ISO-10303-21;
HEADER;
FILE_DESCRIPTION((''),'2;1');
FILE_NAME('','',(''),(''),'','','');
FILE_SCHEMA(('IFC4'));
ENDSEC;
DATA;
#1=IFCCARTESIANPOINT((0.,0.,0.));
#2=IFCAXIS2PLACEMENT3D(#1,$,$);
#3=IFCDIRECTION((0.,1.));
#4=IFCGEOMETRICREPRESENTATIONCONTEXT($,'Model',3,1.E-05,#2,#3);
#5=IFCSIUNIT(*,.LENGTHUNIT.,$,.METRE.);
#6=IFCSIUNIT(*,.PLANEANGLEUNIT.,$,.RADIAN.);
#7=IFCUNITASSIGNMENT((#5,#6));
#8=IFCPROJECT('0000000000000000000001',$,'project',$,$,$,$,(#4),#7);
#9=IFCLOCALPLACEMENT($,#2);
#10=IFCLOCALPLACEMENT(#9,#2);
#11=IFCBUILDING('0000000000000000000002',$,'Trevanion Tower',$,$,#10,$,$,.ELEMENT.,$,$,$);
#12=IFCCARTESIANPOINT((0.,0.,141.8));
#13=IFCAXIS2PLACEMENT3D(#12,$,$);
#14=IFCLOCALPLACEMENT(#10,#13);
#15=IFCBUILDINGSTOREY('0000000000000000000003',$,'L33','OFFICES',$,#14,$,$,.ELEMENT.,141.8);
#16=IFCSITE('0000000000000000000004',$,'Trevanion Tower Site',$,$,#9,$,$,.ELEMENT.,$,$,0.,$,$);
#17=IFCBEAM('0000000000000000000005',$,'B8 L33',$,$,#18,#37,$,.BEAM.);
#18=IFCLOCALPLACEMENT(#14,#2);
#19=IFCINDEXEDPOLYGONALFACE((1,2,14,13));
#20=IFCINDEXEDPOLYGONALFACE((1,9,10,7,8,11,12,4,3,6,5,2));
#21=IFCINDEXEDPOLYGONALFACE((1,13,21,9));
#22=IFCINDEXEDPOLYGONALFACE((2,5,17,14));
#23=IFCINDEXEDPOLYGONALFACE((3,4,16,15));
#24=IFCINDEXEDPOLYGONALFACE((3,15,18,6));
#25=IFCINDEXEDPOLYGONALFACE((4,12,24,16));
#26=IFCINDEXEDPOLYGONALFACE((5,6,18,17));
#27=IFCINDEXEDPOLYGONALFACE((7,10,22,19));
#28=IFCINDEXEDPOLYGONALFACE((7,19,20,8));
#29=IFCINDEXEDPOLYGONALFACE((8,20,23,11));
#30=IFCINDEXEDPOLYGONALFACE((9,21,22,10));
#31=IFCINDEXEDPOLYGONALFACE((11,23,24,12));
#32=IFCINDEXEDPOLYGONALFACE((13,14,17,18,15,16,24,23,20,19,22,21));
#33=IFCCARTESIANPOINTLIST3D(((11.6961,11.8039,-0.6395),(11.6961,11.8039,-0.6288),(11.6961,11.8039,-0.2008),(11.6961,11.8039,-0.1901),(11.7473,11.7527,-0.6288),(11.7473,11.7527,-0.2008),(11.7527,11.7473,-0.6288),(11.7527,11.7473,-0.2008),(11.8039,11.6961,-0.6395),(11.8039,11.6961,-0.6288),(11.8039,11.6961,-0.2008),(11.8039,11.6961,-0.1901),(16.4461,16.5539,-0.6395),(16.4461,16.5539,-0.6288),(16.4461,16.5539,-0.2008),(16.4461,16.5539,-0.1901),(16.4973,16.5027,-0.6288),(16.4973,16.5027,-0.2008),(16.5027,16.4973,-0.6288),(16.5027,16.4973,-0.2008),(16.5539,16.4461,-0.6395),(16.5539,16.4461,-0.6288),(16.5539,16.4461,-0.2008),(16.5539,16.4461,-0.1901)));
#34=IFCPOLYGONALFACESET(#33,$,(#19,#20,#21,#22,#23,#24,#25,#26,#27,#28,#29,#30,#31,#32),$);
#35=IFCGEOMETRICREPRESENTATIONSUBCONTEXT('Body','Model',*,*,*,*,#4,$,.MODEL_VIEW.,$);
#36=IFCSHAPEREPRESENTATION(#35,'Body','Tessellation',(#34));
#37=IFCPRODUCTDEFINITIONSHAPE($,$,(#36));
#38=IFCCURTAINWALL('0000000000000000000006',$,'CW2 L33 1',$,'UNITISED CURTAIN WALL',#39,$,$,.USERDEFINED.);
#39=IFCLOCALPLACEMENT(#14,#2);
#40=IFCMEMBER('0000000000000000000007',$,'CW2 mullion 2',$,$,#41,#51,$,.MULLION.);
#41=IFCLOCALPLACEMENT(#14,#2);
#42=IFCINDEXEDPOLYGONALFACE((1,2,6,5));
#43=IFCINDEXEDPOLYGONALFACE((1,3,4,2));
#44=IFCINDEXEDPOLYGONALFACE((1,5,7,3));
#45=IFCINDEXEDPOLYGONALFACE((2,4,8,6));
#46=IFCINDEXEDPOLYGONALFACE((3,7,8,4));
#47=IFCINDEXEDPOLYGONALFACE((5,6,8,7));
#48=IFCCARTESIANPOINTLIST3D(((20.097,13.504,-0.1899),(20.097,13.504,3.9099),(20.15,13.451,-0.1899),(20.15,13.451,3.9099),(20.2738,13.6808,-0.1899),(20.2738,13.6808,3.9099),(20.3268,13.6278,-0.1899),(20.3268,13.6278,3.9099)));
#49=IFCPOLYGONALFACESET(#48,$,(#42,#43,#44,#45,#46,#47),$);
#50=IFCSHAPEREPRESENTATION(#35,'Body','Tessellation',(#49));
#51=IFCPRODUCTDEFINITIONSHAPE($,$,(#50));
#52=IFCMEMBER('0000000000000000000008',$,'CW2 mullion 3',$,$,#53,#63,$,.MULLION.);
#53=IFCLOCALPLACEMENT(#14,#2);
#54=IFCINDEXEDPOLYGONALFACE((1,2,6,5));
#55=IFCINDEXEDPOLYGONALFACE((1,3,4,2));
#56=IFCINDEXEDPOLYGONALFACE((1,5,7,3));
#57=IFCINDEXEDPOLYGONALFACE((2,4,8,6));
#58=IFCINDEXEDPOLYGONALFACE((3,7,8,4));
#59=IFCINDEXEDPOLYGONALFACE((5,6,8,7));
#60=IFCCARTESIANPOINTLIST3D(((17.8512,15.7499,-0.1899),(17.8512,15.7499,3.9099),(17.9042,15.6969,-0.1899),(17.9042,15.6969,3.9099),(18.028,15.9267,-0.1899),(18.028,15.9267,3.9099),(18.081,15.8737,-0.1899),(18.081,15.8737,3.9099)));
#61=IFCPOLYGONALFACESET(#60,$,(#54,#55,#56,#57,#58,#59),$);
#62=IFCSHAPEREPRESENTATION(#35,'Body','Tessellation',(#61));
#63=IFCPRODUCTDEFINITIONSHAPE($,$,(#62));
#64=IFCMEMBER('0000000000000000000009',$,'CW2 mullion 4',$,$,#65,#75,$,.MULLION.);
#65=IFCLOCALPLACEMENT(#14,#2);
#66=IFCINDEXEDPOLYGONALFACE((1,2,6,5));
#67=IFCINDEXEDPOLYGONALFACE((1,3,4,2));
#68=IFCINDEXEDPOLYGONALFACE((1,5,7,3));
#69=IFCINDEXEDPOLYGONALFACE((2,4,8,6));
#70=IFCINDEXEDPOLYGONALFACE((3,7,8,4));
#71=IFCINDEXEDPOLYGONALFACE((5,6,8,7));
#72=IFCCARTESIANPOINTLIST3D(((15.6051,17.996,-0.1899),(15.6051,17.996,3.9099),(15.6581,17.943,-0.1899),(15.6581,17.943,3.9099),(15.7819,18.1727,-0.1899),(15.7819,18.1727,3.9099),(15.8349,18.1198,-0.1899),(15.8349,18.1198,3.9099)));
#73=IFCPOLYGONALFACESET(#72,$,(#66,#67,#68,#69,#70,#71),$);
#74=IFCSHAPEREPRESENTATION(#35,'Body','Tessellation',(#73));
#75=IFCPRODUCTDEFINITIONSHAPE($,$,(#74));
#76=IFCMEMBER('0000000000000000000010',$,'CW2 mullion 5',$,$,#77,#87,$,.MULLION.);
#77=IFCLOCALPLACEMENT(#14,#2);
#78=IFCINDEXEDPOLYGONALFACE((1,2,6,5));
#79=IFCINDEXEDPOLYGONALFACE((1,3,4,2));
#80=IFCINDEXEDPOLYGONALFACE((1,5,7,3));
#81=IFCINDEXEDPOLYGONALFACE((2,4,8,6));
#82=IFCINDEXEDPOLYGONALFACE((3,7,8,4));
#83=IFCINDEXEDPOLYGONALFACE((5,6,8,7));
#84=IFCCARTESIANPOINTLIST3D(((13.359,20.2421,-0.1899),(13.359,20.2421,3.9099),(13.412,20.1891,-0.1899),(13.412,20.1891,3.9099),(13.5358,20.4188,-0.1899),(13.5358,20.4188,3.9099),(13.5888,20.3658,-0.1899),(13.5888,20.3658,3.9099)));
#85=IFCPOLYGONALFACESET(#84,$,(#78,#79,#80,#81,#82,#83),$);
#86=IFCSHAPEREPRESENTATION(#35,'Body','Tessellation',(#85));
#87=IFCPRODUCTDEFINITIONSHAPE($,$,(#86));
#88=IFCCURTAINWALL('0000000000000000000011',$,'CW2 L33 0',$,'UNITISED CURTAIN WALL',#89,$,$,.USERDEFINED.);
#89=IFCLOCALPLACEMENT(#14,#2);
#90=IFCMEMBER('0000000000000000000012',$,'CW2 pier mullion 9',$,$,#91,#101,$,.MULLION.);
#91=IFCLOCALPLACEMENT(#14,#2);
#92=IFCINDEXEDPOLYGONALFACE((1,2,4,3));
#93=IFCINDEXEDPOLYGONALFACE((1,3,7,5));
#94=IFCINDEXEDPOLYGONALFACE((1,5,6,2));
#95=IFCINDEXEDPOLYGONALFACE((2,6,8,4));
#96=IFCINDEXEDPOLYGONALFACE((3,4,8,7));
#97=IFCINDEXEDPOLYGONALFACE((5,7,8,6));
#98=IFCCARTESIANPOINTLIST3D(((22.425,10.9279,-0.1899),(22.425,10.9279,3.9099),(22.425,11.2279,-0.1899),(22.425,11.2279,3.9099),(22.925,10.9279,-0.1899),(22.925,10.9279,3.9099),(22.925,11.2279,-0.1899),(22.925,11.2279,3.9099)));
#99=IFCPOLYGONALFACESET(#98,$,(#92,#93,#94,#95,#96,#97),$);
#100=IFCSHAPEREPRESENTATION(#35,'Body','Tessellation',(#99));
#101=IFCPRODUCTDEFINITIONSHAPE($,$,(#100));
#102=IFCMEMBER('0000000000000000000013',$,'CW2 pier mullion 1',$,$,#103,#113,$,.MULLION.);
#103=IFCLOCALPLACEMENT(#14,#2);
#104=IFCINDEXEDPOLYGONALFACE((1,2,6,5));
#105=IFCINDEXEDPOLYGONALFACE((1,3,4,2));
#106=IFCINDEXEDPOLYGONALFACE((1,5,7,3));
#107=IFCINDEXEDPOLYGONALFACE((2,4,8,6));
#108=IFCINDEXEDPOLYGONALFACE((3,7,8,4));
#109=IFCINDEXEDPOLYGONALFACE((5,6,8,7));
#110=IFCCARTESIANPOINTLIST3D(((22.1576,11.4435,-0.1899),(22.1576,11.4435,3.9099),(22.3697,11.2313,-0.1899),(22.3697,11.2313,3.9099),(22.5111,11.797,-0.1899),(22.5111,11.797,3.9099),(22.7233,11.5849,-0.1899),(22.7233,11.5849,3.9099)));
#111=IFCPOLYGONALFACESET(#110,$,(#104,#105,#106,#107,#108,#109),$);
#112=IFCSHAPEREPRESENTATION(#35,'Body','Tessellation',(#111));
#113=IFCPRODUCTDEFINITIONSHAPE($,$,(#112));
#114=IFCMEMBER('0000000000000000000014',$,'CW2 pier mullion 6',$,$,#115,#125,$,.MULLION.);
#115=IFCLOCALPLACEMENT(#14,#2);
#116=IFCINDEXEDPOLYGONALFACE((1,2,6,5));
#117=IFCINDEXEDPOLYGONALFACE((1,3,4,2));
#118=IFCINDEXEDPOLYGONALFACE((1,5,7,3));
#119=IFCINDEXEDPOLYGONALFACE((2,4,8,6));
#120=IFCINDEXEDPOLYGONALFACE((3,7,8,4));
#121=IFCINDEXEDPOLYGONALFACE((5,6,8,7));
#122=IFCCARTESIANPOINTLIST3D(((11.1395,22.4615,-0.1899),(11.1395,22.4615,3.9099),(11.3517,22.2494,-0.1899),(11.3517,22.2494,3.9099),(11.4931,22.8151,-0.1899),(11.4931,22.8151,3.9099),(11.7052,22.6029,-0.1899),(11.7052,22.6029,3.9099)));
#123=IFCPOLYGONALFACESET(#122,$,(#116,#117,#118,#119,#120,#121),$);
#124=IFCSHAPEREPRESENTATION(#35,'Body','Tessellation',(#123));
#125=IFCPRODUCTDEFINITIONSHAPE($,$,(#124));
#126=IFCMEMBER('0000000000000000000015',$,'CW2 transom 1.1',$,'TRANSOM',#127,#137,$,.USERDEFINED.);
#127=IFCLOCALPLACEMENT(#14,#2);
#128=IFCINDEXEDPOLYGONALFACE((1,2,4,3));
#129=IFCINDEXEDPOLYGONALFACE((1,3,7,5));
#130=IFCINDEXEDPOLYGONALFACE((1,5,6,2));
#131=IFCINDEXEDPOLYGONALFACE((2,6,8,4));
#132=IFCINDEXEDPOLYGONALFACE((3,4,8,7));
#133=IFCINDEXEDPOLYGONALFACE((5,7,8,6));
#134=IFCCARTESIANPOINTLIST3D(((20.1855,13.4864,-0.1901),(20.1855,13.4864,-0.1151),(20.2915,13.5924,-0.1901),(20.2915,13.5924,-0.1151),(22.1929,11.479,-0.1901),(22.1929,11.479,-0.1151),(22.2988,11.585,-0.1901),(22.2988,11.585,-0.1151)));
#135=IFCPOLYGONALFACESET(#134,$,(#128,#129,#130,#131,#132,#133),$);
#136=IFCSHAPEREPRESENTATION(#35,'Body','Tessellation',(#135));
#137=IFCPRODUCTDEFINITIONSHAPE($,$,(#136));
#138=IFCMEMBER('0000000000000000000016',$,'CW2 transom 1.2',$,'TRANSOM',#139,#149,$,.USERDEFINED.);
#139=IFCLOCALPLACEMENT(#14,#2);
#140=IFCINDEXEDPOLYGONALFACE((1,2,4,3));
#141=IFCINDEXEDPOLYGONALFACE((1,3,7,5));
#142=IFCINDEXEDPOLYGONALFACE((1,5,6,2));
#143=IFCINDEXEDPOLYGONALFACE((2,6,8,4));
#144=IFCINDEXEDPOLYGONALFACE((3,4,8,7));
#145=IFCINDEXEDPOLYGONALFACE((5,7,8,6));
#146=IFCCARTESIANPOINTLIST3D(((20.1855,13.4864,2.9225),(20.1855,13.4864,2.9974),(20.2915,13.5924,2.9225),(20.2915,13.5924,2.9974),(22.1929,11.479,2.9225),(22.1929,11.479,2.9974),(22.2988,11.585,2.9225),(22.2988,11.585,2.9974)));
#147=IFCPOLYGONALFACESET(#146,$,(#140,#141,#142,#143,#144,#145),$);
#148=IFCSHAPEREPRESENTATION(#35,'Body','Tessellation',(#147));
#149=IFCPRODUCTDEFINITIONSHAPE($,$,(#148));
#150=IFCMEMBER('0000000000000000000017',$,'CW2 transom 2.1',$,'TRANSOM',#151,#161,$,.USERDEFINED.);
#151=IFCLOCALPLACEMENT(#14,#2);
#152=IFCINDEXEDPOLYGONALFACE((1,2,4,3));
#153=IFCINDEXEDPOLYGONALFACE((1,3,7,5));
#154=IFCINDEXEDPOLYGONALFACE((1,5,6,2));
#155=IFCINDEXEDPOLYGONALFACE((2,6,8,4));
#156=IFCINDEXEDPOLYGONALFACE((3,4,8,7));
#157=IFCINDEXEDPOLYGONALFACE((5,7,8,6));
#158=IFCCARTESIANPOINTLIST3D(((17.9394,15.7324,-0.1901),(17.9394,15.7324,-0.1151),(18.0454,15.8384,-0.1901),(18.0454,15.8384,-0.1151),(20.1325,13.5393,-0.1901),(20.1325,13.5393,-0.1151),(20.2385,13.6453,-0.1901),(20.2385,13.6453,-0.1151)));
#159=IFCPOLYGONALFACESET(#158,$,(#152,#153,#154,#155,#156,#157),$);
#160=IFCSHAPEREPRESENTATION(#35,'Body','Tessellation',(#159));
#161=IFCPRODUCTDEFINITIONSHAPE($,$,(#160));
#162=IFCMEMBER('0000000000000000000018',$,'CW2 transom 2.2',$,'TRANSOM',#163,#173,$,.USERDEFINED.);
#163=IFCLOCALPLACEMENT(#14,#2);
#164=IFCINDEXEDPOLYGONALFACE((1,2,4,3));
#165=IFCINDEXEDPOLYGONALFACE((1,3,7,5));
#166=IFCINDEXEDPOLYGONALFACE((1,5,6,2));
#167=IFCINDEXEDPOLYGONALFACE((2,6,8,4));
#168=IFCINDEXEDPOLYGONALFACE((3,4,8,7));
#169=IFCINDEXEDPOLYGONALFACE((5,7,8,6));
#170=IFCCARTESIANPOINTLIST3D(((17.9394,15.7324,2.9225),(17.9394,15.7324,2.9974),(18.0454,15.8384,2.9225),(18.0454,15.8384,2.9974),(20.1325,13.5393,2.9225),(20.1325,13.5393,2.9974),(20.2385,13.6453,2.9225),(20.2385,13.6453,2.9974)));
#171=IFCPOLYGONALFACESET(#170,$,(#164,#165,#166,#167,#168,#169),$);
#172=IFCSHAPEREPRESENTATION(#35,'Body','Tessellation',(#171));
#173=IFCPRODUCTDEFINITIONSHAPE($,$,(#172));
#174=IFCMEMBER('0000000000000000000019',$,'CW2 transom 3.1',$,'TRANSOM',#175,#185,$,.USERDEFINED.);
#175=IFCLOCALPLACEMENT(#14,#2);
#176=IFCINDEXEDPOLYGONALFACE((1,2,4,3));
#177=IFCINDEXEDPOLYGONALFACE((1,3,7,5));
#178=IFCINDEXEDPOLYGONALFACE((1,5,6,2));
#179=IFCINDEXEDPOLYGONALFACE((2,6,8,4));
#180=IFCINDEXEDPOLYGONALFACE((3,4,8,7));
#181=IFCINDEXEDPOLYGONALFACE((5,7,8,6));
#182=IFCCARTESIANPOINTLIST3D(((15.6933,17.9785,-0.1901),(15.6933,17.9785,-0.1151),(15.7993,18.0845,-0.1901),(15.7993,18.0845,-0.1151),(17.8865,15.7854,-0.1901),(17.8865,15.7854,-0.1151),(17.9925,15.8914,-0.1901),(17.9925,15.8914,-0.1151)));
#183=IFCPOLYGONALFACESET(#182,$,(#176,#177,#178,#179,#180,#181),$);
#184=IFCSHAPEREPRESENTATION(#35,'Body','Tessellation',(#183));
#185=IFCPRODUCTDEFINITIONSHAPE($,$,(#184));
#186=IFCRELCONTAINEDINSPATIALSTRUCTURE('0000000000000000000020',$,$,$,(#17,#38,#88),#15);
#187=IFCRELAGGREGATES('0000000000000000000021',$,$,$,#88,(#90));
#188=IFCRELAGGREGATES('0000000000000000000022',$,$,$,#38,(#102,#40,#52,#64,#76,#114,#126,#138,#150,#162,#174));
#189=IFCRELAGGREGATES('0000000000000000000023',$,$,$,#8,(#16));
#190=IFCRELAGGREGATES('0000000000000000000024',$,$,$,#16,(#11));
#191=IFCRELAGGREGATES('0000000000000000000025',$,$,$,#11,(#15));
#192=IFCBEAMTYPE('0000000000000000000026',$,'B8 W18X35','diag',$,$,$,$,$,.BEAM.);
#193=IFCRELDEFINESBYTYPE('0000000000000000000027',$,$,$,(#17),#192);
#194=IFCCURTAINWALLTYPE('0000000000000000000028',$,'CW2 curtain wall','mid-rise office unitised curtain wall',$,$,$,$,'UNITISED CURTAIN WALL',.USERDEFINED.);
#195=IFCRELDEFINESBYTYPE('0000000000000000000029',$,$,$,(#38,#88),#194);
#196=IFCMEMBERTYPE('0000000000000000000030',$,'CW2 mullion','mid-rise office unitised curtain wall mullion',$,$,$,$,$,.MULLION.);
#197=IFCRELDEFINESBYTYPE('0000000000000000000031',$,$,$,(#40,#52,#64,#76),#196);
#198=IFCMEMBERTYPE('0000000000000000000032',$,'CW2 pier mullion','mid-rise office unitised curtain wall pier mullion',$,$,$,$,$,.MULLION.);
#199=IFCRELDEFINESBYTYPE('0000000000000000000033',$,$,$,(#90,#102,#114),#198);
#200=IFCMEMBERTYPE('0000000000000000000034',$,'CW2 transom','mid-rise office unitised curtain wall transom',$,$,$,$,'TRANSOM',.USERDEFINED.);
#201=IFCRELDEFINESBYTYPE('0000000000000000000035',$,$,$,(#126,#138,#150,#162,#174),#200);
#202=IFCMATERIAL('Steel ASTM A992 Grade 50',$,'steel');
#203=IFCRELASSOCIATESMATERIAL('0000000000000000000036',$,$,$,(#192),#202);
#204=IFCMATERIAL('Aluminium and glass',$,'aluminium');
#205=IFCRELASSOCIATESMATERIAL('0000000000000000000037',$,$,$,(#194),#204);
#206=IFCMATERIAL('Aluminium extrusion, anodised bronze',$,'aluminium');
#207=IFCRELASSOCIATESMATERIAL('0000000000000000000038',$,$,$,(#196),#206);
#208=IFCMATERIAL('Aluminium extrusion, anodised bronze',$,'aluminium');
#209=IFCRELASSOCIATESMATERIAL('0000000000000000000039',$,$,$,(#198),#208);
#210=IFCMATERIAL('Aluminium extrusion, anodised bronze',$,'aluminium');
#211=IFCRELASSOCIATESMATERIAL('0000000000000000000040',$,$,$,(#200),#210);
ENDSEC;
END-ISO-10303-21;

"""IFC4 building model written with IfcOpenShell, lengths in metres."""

from ifc_helpers import new_model, si_unit, direction, frame, origin, origin_2d, place, context, subcontext, project, spatial, rectangle, i_section, extrude, material, material_profile, profile_set, type_object, element, aggregate, save


model = new_model("IFC4")

# Units and contexts
model_context = context("Model", 3, precision=1e-05, world=origin(), true_north=direction((0.0, 1.0)))
body_context = subcontext(model_context, "Body", "Model", "MODEL_VIEW")
ifc_project = project(units=[si_unit("LENGTHUNIT", "METRE"), si_unit("PLANEANGLEUNIT", "RADIAN")], contexts=[model_context])

# Site, building, storey
site_placement = place(None, origin())
site = spatial("IfcSite", under=ifc_project, at=site_placement, Name="Trevanion Tower Site", CompositionType="ELEMENT", RefElevation=0.0)
building_placement = place(site_placement, origin())
building = spatial("IfcBuilding", under=site, at=building_placement, Name="Trevanion Tower", CompositionType="ELEMENT")
storey_placement = place(building_placement, frame((0.0, 0.0, 141.8)))
storey = spatial("IfcBuildingStorey", under=building, at=storey_placement, Name="L33", Description="OFFICES", CompositionType="ELEMENT", Elevation=141.8)

# Beam
ifc_material_1 = material(Name="Steel ASTM A992 Grade 50", Category="steel")
ifc_material_profile_1 = material_profile(ifc_material_1, i_section(OverallWidth=0.1523, OverallDepth=0.4495, WebThickness=0.0076, FlangeThickness=0.0107, at=origin_2d()), Name="W18X35")
ifc_profile_set_1 = profile_set([ifc_material_profile_1], Name="Steel ASTM A992 Grade 50")
beam_type_1 = type_object("IfcBeamType", Name="B8 W18X35", Description="diag", PredefinedType="BEAM", material=ifc_profile_set_1)
beam_1_placement = place(storey_placement, frame((11.75, 11.75, -0.4148), z_axis=(0.707107, 0.707107, 0.0), x_axis=(-0.707107, 0.707107, 0.0)))
element("IfcBeam", 1, at=beam_1_placement, inside=storey, type_object=beam_type_1, Name="B8 L33", PredefinedType="BEAM", context=body_context, shape_type="SweptSolid", body=[
    extrude(i_section(OverallWidth=0.1523, OverallDepth=0.4495, WebThickness=0.0076, FlangeThickness=0.0107, at=origin_2d()), origin(), (0.0, 0.0, 1.0), 6.7175),
])

# Curtain wall, members
ifc_material_2 = material(Name="Aluminium and glass", Category="aluminium")
curtain_wall_type = type_object("IfcCurtainWallType", Name="CW2 curtain wall", Description="mid-rise office unitised curtain wall", ElementType="UNITISED CURTAIN WALL", PredefinedType="USERDEFINED", material=ifc_material_2)
curtain_wall_1_placement = place(storey_placement, origin())
curtain_wall_1 = element("IfcCurtainWall", 2, at=curtain_wall_1_placement, inside=storey, type_object=curtain_wall_type, Name="CW2 L33 1", ObjectType="UNITISED CURTAIN WALL", PredefinedType="USERDEFINED")
ifc_material_3 = material(Name="Aluminium extrusion, anodised bronze", Category="aluminium")
ifc_material_profile_2 = material_profile(ifc_material_3, rectangle(XDim=0.075, YDim=0.25, at=origin_2d()), Name="CW2 mullion")
ifc_profile_set_2 = profile_set([ifc_material_profile_2], Name="Aluminium extrusion, anodised bronze")
member_type_1 = type_object("IfcMemberType", Name="CW2 mullion", Description="mid-rise office unitised curtain wall mullion", PredefinedType="MULLION", material=ifc_profile_set_2)
member_1_placement = place(storey_placement, frame((20.2119, 13.5659, -0.1899), z_axis=(0.0, 0.0, 1.0), x_axis=(-0.707107, 0.707107, 0.0)))
member_1 = element("IfcMember", 3, at=member_1_placement, type_object=member_type_1, Name="CW2 mullion 2", PredefinedType="MULLION", context=body_context, shape_type="SweptSolid", body=[
    extrude(rectangle(XDim=0.075, YDim=0.25, at=origin_2d()), origin(), (0.0, 0.0, 1.0), 4.0999),
])
member_2_placement = place(storey_placement, frame((17.9661, 15.8118, -0.1899), z_axis=(0.0, 0.0, 1.0), x_axis=(-0.707107, 0.707107, 0.0)))
member_2 = element("IfcMember", 4, at=member_2_placement, type_object=member_type_1, Name="CW2 mullion 3", PredefinedType="MULLION", context=body_context, shape_type="SweptSolid", body=[
    extrude(rectangle(XDim=0.075, YDim=0.25, at=origin_2d()), origin(), (0.0, 0.0, 1.0), 4.0999),
])
member_3_placement = place(storey_placement, frame((15.72, 18.0579, -0.1899), z_axis=(0.0, 0.0, 1.0), x_axis=(-0.707107, 0.707107, 0.0)))
member_3 = element("IfcMember", 5, at=member_3_placement, type_object=member_type_1, Name="CW2 mullion 4", PredefinedType="MULLION", context=body_context, shape_type="SweptSolid", body=[
    extrude(rectangle(XDim=0.075, YDim=0.25, at=origin_2d()), origin(), (0.0, 0.0, 1.0), 4.0999),
])
member_4_placement = place(storey_placement, frame((13.4739, 20.304, -0.1899), z_axis=(0.0, 0.0, 1.0), x_axis=(-0.707107, 0.707107, 0.0)))
member_4 = element("IfcMember", 6, at=member_4_placement, type_object=member_type_1, Name="CW2 mullion 5", PredefinedType="MULLION", context=body_context, shape_type="SweptSolid", body=[
    extrude(rectangle(XDim=0.075, YDim=0.25, at=origin_2d()), origin(), (0.0, 0.0, 1.0), 4.0999),
])

# Curtain wall, member
curtain_wall_2_placement = place(storey_placement, origin())
curtain_wall_2 = element("IfcCurtainWall", 7, at=curtain_wall_2_placement, inside=storey, type_object=curtain_wall_type, Name="CW2 L33 0", ObjectType="UNITISED CURTAIN WALL", PredefinedType="USERDEFINED")
ifc_material_4 = material(Name="Aluminium extrusion, anodised bronze", Category="aluminium")
ifc_material_profile_3 = material_profile(ifc_material_4, rectangle(XDim=0.3, YDim=0.5, at=origin_2d()), Name="CW2 pier mullion")
ifc_profile_set_3 = profile_set([ifc_material_profile_3], Name="Aluminium extrusion, anodised bronze")
member_type_2 = type_object("IfcMemberType", Name="CW2 pier mullion", Description="mid-rise office unitised curtain wall pier mullion", PredefinedType="MULLION", material=ifc_profile_set_3)
member_5_placement = place(storey_placement, frame((22.675, 11.0779, -0.1899), z_axis=(0.0, 0.0, 1.0), x_axis=(0.0, 1.0, 0.0)))
member_5 = element("IfcMember", 8, at=member_5_placement, type_object=member_type_2, Name="CW2 pier mullion 9", PredefinedType="MULLION", context=body_context, shape_type="SweptSolid", body=[
    extrude(rectangle(XDim=0.3, YDim=0.5, at=origin_2d()), origin(), (0.0, 0.0, 1.0), 4.0999),
])
aggregate(curtain_wall_2, [member_5])

# Members
member_6_placement = place(storey_placement, frame((22.4404, 11.5142, -0.1899), z_axis=(0.0, 0.0, 1.0), x_axis=(-0.707107, 0.707107, 0.0)))
member_6 = element("IfcMember", 9, at=member_6_placement, type_object=member_type_2, Name="CW2 pier mullion 1", PredefinedType="MULLION", context=body_context, shape_type="SweptSolid", body=[
    extrude(rectangle(XDim=0.3, YDim=0.5, at=origin_2d()), origin(), (0.0, 0.0, 1.0), 4.0999),
])
member_7_placement = place(storey_placement, frame((11.4224, 22.5322, -0.1899), z_axis=(0.0, 0.0, 1.0), x_axis=(-0.707107, 0.707107, 0.0)))
member_7 = element("IfcMember", 10, at=member_7_placement, type_object=member_type_2, Name="CW2 pier mullion 6", PredefinedType="MULLION", context=body_context, shape_type="SweptSolid", body=[
    extrude(rectangle(XDim=0.3, YDim=0.5, at=origin_2d()), origin(), (0.0, 0.0, 1.0), 4.0999),
])
ifc_material_5 = material(Name="Aluminium extrusion, anodised bronze", Category="aluminium")
ifc_material_profile_4 = material_profile(ifc_material_5, rectangle(XDim=0.1499, YDim=0.075, at=origin_2d()), Name="CW2 transom")
ifc_profile_set_4 = profile_set([ifc_material_profile_4], Name="Aluminium extrusion, anodised bronze")
member_type_3 = type_object("IfcMemberType", Name="CW2 transom", Description="mid-rise office unitised curtain wall transom", ElementType="TRANSOM", PredefinedType="USERDEFINED", material=ifc_profile_set_4)
member_8_placement = place(storey_placement, frame((22.2458, 11.532, -0.1526), z_axis=(-0.707107, 0.707107, 0.0), x_axis=(-0.707107, -0.707107, 0.0)))
member_8 = element("IfcMember", 11, at=member_8_placement, type_object=member_type_3, Name="CW2 transom 1.1", ObjectType="TRANSOM", PredefinedType="USERDEFINED", context=body_context, shape_type="SweptSolid", body=[
    extrude(rectangle(XDim=0.1499, YDim=0.075, at=origin_2d()), origin(), (0.0, 0.0, 1.0), 2.8389),
])
member_9_placement = place(storey_placement, frame((22.2458, 11.532, 2.96), z_axis=(-0.707107, 0.707107, 0.0), x_axis=(-0.707107, -0.707107, 0.0)))
member_9 = element("IfcMember", 12, at=member_9_placement, type_object=member_type_3, Name="CW2 transom 1.2", ObjectType="TRANSOM", PredefinedType="USERDEFINED", context=body_context, shape_type="SweptSolid", body=[
    extrude(rectangle(XDim=0.1499, YDim=0.075, at=origin_2d()), origin(), (0.0, 0.0, 1.0), 2.8389),
])
member_10_placement = place(storey_placement, frame((20.1855, 13.5923, -0.1526), z_axis=(-0.707107, 0.707107, 0.0), x_axis=(-0.707107, -0.707107, 0.0)))
member_10 = element("IfcMember", 13, at=member_10_placement, type_object=member_type_3, Name="CW2 transom 2.1", ObjectType="TRANSOM", PredefinedType="USERDEFINED", context=body_context, shape_type="SweptSolid", body=[
    extrude(rectangle(XDim=0.1499, YDim=0.075, at=origin_2d()), origin(), (0.0, 0.0, 1.0), 3.1016),
])
member_11_placement = place(storey_placement, frame((20.1855, 13.5923, 2.96), z_axis=(-0.707107, 0.707107, 0.0), x_axis=(-0.707107, -0.707107, 0.0)))
member_11 = element("IfcMember", 14, at=member_11_placement, type_object=member_type_3, Name="CW2 transom 2.2", ObjectType="TRANSOM", PredefinedType="USERDEFINED", context=body_context, shape_type="SweptSolid", body=[
    extrude(rectangle(XDim=0.1499, YDim=0.075, at=origin_2d()), origin(), (0.0, 0.0, 1.0), 3.1016),
])
member_12_placement = place(storey_placement, frame((17.9395, 15.8384, -0.1526), z_axis=(-0.707107, 0.707107, 0.0), x_axis=(-0.707107, -0.707107, 0.0)))
member_12 = element("IfcMember", 15, at=member_12_placement, type_object=member_type_3, Name="CW2 transom 3.1", ObjectType="TRANSOM", PredefinedType="USERDEFINED", context=body_context, shape_type="SweptSolid", body=[
    extrude(rectangle(XDim=0.1499, YDim=0.075, at=origin_2d()), origin(), (0.0, 0.0, 1.0), 3.1016),
])

aggregate(curtain_wall_1, [member_6, member_1, member_2, member_3, member_4, member_7, member_8, member_9, member_10, member_11, member_12])

save(model, "model.ifc")
